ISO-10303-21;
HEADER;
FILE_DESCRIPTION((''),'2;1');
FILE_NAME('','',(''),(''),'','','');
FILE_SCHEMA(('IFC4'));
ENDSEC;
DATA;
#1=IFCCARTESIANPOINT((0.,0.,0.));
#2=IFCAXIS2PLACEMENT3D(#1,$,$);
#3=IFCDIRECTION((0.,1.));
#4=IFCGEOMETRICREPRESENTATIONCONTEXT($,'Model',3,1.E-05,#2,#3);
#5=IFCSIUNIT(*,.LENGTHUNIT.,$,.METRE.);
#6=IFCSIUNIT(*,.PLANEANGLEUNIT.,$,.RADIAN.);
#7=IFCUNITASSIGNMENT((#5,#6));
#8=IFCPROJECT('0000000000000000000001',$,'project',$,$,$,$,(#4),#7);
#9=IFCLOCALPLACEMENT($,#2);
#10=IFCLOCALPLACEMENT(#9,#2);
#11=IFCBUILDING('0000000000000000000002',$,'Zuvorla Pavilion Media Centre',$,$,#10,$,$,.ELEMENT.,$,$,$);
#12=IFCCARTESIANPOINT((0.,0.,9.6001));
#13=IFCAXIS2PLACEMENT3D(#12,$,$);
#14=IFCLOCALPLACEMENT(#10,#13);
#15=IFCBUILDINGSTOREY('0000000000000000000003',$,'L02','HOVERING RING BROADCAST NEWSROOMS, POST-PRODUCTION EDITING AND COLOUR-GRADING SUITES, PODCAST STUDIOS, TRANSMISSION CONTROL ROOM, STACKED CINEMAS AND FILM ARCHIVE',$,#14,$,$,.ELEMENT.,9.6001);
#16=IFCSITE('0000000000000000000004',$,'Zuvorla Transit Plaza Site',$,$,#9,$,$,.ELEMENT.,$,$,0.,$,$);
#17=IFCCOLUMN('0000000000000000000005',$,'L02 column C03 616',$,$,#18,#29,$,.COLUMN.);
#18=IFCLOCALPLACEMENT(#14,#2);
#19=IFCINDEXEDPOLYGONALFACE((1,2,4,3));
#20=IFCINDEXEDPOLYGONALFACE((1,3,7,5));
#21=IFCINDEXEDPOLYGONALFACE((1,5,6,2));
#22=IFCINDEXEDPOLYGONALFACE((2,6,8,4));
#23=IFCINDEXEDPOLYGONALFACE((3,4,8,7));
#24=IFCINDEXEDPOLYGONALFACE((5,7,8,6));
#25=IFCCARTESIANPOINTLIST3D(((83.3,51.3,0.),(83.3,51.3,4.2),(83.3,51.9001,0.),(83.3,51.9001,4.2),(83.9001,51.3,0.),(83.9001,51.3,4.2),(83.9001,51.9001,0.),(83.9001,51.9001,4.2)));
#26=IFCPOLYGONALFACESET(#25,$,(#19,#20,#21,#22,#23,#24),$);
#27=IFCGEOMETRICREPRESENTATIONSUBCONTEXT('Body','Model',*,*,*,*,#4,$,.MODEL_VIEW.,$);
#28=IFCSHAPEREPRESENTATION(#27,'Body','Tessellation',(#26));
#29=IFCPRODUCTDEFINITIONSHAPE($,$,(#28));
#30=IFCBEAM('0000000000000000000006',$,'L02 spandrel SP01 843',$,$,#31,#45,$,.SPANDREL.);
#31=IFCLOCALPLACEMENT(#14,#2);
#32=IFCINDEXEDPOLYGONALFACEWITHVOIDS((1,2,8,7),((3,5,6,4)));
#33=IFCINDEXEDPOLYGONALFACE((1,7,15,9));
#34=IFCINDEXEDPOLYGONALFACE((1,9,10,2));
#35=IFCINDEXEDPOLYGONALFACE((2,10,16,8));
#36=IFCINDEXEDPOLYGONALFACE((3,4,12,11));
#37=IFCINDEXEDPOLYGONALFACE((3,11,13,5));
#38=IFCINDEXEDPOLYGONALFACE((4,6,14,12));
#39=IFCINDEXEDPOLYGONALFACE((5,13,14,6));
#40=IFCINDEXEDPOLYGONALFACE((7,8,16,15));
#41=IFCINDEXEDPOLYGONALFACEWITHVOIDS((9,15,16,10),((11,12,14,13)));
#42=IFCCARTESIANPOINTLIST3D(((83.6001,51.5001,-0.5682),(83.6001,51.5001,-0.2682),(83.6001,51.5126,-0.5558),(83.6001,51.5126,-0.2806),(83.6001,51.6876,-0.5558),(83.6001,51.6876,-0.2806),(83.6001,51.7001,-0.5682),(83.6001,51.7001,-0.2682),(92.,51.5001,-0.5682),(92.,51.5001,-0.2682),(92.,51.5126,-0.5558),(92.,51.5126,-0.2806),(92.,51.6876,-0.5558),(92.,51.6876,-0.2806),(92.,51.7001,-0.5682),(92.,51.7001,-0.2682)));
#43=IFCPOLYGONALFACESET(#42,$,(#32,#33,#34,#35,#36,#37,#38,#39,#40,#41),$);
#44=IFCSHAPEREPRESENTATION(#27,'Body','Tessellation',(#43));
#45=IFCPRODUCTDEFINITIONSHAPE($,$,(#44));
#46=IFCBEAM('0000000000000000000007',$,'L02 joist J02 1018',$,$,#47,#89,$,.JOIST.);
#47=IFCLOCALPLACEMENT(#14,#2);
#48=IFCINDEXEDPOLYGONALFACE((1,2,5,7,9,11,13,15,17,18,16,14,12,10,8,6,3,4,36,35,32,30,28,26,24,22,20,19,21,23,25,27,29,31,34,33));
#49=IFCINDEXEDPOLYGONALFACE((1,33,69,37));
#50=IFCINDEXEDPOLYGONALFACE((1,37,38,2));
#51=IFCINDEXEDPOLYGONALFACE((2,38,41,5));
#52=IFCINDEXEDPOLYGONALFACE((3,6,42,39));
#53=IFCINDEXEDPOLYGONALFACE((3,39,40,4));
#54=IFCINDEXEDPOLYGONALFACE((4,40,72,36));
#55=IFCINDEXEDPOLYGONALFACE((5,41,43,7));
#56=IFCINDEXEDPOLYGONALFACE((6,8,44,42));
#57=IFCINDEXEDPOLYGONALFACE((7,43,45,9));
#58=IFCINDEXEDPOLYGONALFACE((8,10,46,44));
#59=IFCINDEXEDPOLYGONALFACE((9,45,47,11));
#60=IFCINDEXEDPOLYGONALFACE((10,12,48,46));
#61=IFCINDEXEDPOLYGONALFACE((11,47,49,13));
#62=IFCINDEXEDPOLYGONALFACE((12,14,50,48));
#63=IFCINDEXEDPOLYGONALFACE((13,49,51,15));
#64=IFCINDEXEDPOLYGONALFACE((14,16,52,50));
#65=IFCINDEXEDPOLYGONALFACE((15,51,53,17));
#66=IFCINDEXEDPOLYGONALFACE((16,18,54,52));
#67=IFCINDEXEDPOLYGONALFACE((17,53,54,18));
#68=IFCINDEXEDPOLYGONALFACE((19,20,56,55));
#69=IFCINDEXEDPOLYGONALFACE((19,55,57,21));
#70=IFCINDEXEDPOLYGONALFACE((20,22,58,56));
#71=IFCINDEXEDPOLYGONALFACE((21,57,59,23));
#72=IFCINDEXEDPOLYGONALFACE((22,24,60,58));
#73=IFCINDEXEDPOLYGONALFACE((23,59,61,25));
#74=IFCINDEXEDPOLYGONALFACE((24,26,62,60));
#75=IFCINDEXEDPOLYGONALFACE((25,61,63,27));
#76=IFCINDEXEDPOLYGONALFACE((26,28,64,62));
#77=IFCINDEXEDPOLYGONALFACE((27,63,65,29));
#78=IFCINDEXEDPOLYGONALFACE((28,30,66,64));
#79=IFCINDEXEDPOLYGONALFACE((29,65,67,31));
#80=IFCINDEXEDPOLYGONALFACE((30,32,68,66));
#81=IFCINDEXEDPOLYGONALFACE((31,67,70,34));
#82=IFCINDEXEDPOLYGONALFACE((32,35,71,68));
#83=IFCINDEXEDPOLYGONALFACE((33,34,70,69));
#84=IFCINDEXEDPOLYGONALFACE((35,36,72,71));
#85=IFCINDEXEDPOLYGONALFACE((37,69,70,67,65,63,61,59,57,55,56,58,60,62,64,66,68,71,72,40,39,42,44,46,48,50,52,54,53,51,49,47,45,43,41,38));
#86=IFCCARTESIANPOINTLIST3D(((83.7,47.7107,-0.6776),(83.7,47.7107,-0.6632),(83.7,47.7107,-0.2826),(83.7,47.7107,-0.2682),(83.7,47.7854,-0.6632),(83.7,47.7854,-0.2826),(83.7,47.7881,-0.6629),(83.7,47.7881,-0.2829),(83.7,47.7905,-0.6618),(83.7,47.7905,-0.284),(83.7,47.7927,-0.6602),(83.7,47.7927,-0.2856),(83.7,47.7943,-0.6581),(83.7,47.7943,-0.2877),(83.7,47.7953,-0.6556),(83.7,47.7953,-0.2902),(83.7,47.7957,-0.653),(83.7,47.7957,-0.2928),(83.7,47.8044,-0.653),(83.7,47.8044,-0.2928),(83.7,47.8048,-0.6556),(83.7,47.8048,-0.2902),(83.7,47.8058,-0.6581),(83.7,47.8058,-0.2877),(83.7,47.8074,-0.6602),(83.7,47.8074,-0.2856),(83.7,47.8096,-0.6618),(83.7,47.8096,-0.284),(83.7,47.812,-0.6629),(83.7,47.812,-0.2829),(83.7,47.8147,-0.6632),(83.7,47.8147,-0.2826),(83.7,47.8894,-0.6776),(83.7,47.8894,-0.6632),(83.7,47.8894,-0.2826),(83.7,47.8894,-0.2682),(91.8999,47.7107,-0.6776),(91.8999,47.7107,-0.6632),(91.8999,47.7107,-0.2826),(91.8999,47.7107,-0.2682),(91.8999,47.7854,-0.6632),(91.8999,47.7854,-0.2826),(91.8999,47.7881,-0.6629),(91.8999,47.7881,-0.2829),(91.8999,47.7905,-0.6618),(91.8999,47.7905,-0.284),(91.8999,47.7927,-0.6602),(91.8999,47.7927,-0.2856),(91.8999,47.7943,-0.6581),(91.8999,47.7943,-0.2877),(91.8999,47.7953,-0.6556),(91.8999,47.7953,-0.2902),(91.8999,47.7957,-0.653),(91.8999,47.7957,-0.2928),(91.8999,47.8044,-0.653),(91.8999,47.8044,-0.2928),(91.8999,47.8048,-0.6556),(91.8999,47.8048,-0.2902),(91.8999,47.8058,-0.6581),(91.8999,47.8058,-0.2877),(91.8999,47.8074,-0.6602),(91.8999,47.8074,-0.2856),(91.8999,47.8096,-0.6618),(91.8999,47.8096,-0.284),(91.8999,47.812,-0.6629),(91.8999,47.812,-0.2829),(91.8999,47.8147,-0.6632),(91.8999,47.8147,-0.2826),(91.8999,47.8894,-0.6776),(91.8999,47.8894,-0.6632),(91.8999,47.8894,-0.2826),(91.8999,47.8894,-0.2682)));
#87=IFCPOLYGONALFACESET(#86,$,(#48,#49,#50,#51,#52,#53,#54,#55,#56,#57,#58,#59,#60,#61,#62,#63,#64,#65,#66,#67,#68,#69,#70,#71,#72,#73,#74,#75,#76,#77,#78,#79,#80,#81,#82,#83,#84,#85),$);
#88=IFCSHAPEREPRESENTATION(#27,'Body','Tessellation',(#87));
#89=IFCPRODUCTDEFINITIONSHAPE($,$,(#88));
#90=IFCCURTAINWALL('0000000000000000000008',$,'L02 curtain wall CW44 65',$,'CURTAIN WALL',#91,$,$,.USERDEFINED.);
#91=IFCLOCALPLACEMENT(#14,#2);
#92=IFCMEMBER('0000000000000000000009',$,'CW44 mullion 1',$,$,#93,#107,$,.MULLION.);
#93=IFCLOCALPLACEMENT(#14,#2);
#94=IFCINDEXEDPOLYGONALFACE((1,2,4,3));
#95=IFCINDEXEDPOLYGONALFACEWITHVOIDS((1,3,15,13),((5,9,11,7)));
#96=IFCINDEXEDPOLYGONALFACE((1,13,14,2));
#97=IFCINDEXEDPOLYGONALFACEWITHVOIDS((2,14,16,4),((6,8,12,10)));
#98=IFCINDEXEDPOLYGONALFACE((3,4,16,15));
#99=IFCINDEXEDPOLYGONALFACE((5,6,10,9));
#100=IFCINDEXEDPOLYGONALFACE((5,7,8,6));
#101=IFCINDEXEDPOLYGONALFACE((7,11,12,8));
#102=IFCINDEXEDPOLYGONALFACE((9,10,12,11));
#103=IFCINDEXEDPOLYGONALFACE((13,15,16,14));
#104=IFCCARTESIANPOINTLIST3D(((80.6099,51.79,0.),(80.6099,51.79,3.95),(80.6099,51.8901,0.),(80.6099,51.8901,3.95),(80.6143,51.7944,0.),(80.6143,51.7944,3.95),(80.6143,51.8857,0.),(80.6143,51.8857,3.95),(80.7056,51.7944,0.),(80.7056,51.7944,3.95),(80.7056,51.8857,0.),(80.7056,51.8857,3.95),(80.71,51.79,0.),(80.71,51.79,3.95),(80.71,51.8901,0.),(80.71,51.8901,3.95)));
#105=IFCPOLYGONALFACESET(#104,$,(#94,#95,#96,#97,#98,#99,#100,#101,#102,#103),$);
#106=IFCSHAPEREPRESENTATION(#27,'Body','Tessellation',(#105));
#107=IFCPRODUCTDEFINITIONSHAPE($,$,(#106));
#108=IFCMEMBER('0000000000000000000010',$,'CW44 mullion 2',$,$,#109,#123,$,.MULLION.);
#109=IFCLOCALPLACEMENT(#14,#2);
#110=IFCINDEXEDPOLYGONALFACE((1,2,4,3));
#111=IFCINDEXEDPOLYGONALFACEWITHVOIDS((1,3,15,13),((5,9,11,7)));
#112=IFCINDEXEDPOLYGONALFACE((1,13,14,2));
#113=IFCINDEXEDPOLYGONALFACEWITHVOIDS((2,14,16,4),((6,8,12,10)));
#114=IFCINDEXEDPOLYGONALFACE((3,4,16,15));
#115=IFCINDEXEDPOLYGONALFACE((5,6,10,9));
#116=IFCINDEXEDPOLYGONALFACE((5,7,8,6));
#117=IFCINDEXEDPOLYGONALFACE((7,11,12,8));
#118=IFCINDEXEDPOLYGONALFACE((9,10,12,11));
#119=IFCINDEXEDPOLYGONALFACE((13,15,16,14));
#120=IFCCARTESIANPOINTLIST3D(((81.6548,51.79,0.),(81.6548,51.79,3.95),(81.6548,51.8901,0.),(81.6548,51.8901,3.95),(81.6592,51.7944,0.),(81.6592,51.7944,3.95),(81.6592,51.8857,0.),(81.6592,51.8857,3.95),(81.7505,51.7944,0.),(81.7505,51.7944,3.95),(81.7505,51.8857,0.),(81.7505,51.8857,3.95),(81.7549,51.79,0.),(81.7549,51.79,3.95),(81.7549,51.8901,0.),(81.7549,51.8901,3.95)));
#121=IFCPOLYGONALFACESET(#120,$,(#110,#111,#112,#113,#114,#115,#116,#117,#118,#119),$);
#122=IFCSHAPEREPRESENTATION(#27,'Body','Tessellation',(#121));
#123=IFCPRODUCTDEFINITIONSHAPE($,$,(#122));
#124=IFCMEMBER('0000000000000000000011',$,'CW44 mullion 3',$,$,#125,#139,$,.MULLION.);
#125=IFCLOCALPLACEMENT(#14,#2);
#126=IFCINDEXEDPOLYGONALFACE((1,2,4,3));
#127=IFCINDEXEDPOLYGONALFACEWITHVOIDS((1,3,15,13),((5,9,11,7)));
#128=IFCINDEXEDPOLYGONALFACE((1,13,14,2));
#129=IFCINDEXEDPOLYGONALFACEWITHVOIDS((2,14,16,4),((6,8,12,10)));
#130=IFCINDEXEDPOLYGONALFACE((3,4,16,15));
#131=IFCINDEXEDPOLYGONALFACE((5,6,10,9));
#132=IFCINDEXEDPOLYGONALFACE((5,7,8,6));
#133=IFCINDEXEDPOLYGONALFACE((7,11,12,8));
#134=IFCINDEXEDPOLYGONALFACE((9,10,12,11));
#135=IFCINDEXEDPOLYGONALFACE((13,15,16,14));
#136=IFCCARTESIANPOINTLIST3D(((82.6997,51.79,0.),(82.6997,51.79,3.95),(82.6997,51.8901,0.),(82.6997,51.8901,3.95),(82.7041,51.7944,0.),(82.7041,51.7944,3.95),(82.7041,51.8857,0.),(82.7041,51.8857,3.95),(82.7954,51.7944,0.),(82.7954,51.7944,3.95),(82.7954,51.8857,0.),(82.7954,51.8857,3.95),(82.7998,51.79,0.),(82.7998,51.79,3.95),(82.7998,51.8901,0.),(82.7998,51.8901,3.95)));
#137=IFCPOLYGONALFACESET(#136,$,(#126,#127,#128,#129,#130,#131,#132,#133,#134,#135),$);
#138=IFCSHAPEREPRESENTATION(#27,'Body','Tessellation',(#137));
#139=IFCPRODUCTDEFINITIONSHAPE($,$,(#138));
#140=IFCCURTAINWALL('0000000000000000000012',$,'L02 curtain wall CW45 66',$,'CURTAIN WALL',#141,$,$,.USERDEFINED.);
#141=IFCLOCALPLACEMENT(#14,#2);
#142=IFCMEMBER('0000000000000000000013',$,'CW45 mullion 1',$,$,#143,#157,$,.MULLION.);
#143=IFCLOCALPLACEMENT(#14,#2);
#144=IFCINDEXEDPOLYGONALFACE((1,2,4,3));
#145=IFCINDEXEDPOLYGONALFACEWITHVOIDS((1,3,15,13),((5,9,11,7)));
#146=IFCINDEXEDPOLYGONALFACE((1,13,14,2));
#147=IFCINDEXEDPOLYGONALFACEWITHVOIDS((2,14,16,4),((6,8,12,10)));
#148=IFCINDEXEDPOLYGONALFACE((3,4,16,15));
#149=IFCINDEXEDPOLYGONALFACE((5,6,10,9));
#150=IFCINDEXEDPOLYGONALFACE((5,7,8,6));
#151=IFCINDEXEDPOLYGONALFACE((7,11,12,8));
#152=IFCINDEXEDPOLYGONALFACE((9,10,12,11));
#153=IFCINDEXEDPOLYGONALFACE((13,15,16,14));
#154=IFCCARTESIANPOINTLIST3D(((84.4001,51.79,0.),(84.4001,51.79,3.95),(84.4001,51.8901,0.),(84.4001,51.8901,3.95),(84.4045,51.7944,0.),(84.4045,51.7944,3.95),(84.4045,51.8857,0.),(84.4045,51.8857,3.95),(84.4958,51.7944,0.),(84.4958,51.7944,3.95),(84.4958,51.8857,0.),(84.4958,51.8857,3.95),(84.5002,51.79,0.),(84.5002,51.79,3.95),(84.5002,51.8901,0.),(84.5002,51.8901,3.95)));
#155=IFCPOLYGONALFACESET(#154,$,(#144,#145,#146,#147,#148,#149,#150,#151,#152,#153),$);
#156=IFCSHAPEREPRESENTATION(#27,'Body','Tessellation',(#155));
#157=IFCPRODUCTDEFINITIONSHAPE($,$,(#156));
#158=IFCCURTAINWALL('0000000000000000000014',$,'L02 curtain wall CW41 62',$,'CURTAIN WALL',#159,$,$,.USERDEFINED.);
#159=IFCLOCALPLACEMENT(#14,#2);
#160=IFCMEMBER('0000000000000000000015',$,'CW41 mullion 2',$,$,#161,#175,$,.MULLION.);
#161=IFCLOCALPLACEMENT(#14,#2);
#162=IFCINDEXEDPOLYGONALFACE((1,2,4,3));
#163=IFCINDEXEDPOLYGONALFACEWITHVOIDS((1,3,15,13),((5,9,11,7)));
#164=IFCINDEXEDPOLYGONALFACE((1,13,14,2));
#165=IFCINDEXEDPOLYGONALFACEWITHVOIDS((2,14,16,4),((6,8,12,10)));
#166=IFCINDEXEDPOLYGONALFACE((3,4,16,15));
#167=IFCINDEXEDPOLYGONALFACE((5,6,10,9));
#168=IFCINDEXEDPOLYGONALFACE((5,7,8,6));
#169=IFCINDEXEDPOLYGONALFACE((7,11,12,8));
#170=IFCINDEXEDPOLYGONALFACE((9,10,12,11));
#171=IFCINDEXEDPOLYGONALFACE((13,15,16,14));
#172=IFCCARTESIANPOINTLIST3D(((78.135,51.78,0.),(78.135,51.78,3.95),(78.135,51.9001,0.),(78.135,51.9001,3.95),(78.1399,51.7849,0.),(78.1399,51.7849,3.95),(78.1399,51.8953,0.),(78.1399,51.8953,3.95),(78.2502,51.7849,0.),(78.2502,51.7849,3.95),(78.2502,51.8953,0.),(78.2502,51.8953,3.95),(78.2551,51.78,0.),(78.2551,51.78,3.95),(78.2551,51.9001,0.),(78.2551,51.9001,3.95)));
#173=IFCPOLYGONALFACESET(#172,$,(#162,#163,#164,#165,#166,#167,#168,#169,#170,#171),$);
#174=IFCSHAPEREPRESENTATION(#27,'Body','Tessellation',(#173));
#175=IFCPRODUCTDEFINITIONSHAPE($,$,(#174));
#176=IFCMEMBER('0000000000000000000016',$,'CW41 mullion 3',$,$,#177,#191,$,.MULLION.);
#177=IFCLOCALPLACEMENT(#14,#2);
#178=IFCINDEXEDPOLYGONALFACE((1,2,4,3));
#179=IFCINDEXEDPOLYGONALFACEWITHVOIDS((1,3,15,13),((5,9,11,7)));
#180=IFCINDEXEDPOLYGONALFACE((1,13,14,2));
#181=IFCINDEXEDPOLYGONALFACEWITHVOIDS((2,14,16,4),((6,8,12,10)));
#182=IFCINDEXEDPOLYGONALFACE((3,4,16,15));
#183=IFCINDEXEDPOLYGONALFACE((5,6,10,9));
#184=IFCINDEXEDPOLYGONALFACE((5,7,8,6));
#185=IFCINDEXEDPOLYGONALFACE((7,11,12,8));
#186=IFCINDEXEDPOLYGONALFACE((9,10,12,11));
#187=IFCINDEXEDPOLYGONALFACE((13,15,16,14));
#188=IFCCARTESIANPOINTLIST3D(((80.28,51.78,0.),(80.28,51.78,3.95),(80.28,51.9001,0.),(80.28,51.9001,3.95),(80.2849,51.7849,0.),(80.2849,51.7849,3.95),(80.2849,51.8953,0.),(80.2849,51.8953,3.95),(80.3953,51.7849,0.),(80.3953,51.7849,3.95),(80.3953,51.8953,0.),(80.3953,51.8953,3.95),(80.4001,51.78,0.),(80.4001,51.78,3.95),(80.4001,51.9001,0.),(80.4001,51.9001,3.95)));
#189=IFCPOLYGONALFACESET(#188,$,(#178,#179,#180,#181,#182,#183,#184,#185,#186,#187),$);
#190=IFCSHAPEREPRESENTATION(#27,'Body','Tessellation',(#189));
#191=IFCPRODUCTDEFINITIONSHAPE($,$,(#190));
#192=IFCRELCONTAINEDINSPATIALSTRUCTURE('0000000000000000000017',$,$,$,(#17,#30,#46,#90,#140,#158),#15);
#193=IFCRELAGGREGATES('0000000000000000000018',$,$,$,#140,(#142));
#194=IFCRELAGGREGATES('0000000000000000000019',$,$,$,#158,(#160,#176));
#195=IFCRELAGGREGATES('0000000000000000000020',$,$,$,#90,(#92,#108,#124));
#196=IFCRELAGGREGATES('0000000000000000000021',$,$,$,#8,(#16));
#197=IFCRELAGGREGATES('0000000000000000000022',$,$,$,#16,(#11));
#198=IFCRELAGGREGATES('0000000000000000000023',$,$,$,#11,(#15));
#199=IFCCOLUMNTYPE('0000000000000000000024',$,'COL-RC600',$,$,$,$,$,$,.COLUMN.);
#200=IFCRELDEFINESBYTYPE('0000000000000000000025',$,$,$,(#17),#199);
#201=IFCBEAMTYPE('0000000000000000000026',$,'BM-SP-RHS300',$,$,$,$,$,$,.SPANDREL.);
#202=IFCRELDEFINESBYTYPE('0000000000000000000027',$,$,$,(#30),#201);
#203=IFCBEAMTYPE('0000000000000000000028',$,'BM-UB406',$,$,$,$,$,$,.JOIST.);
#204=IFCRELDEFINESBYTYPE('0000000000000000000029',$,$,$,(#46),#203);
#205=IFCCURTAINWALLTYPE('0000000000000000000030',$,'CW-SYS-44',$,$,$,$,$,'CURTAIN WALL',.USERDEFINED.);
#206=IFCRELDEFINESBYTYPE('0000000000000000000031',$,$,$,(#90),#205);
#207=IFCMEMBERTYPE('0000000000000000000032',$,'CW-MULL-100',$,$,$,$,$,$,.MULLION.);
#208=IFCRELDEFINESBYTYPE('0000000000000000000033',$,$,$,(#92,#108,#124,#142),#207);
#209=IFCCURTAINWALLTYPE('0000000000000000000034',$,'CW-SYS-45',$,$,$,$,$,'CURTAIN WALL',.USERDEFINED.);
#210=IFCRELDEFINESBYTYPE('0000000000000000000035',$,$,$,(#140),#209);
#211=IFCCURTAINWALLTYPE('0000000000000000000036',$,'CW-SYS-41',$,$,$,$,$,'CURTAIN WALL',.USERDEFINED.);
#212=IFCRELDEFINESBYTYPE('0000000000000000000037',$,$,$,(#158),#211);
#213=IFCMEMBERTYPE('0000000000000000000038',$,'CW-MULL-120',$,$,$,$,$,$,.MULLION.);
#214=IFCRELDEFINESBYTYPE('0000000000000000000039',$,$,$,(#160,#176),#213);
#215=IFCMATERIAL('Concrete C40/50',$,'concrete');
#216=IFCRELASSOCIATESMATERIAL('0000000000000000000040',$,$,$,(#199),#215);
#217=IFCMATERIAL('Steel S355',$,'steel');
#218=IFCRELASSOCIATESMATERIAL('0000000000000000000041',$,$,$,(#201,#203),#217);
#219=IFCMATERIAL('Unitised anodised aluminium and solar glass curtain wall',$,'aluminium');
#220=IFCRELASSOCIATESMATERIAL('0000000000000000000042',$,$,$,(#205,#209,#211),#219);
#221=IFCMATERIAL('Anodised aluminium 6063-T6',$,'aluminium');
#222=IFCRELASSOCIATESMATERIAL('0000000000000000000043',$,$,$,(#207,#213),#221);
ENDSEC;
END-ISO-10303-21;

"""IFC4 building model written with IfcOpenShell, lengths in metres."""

from ifc_helpers import new_model, si_unit, direction, frame, origin, origin_2d, place, context, subcontext, project, spatial, rectangle, hollow_rectangle, i_section, extrude, material, material_profile, profile_set, type_object, element, aggregate, save


model = new_model("IFC4")

# Units and contexts
model_context = context("Model", 3, precision=1e-05, world=origin(), true_north=direction((0.0, 1.0)))
body_context = subcontext(model_context, "Body", "Model", "MODEL_VIEW")
ifc_project = project(units=[si_unit("LENGTHUNIT", "METRE"), si_unit("PLANEANGLEUNIT", "RADIAN")], contexts=[model_context])

# Site, building, storey
site_placement = place(None, origin())
site = spatial("IfcSite", under=ifc_project, at=site_placement, Name="Zuvorla Transit Plaza Site", CompositionType="ELEMENT", RefElevation=0.0)
building_placement = place(site_placement, origin())
building = spatial("IfcBuilding", under=site, at=building_placement, Name="Zuvorla Pavilion Media Centre", CompositionType="ELEMENT")
storey_placement = place(building_placement, frame((0.0, 0.0, 9.6001)))
storey = spatial("IfcBuildingStorey", under=building, at=storey_placement, Name="L02", Description="HOVERING RING BROADCAST NEWSROOMS, POST-PRODUCTION EDITING AND COLOUR-GRADING SUITES, PODCAST STUDIOS, TRANSMISSION CONTROL ROOM, STACKED CINEMAS AND FILM ARCHIVE", CompositionType="ELEMENT", Elevation=9.6001)

# Column
ifc_material_1 = material(Name="Concrete C40/50", Category="concrete")
ifc_material_profile_1 = material_profile(ifc_material_1, rectangle(XDim=0.6001, YDim=0.6001, at=origin_2d()), Name="RC 600x600")
ifc_profile_set_1 = profile_set([ifc_material_profile_1], Name="Concrete C40/50")
column_type = type_object("IfcColumnType", Name="COL-RC600", PredefinedType="COLUMN", material=ifc_profile_set_1)
column_placement = place(storey_placement, frame((83.6001, 51.6001, 0.0), z_axis=(0.0, 0.0, 1.0), x_axis=(1.0, 0.0, 0.0)))
element("IfcColumn", 1, at=column_placement, inside=storey, type_object=column_type, Name="L02 column C03 616", PredefinedType="COLUMN", context=body_context, shape_type="SweptSolid", body=[
    extrude(rectangle(XDim=0.6001, YDim=0.6001, at=origin_2d()), origin(), (0.0, 0.0, 1.0), 4.2),
])

# Beams
ifc_material_2 = material(Name="Steel S355", Category="steel")
ifc_material_profile_2 = material_profile(ifc_material_2, hollow_rectangle(XDim=0.2, YDim=0.3, WallThickness=0.0125, at=origin_2d()), Name="RHS 300x200x12.5")
ifc_profile_set_2 = profile_set([ifc_material_profile_2], Name="Steel S355")
beam_type_1 = type_object("IfcBeamType", Name="BM-SP-RHS300", PredefinedType="SPANDREL", material=ifc_profile_set_2)
beam_1_placement = place(storey_placement, frame((83.6001, 51.6001, -0.4182), z_axis=(1.0, 0.0, 0.0), x_axis=(0.0, 1.0, 0.0)))
element("IfcBeam", 2, at=beam_1_placement, inside=storey, type_object=beam_type_1, Name="L02 spandrel SP01 843", PredefinedType="SPANDREL", context=body_context, shape_type="SweptSolid", body=[
    extrude(hollow_rectangle(XDim=0.2, YDim=0.3, WallThickness=0.0125, at=origin_2d()), origin(), (0.0, 0.0, 1.0), 8.3999),
])
ifc_material_profile_3 = material_profile(ifc_material_2, i_section(OverallWidth=0.1787, OverallDepth=0.4094, WebThickness=0.0088, FlangeThickness=0.0144, FilletRadius=0.0103, at=origin_2d()), Name="UB 406x178x67")
ifc_profile_set_3 = profile_set([ifc_material_profile_3], Name="Steel S355")
beam_type_2 = type_object("IfcBeamType", Name="BM-UB406", PredefinedType="JOIST", material=ifc_profile_set_3)
beam_2_placement = place(storey_placement, frame((83.7, 47.8, -0.4729), z_axis=(1.0, 0.0, 0.0), x_axis=(0.0, 1.0, 0.0)))
element("IfcBeam", 3, at=beam_2_placement, inside=storey, type_object=beam_type_2, Name="L02 joist J02 1018", PredefinedType="JOIST", context=body_context, shape_type="SweptSolid", body=[
    extrude(i_section(OverallWidth=0.1787, OverallDepth=0.4094, WebThickness=0.0088, FlangeThickness=0.0144, FilletRadius=0.0103, at=origin_2d()), origin(), (0.0, 0.0, 1.0), 8.2),
])

# Curtain wall, members
ifc_material_3 = material(Name="Unitised anodised aluminium and solar glass curtain wall", Category="aluminium")
curtain_wall_type_1 = type_object("IfcCurtainWallType", Name="CW-SYS-44", ElementType="CURTAIN WALL", PredefinedType="USERDEFINED", material=ifc_material_3)
curtain_wall_1_placement = place(storey_placement, origin())
curtain_wall_1 = element("IfcCurtainWall", 4, at=curtain_wall_1_placement, inside=storey, type_object=curtain_wall_type_1, Name="L02 curtain wall CW44 65", ObjectType="CURTAIN WALL", PredefinedType="USERDEFINED")
ifc_material_4 = material(Name="Anodised aluminium 6063-T6", Category="aluminium")
ifc_material_profile_4 = material_profile(ifc_material_4, hollow_rectangle(XDim=0.1001, YDim=0.1001, WallThickness=0.0044, at=origin_2d()), Name="ALU MULL 100x100")
ifc_profile_set_4 = profile_set([ifc_material_profile_4], Name="Anodised aluminium 6063-T6")
member_type_1 = type_object("IfcMemberType", Name="CW-MULL-100", PredefinedType="MULLION", material=ifc_profile_set_4)
member_1_placement = place(storey_placement, frame((80.6599, 51.8401, 0.0), z_axis=(0.0, 0.0, 1.0), x_axis=(1.0, 0.0, 0.0)))
member_1 = element("IfcMember", 5, at=member_1_placement, type_object=member_type_1, Name="CW44 mullion 1", PredefinedType="MULLION", context=body_context, shape_type="SweptSolid", body=[
    extrude(hollow_rectangle(XDim=0.1001, YDim=0.1001, WallThickness=0.0044, at=origin_2d()), origin(), (0.0, 0.0, 1.0), 3.95),
])
member_2_placement = place(storey_placement, frame((81.7048, 51.8401, 0.0), z_axis=(0.0, 0.0, 1.0), x_axis=(1.0, 0.0, 0.0)))
member_2 = element("IfcMember", 6, at=member_2_placement, type_object=member_type_1, Name="CW44 mullion 2", PredefinedType="MULLION", context=body_context, shape_type="SweptSolid", body=[
    extrude(hollow_rectangle(XDim=0.1001, YDim=0.1001, WallThickness=0.0044, at=origin_2d()), origin(), (0.0, 0.0, 1.0), 3.95),
])
member_3_placement = place(storey_placement, frame((82.7498, 51.8401, 0.0), z_axis=(0.0, 0.0, 1.0), x_axis=(1.0, 0.0, 0.0)))
member_3 = element("IfcMember", 7, at=member_3_placement, type_object=member_type_1, Name="CW44 mullion 3", PredefinedType="MULLION", context=body_context, shape_type="SweptSolid", body=[
    extrude(hollow_rectangle(XDim=0.1001, YDim=0.1001, WallThickness=0.0044, at=origin_2d()), origin(), (0.0, 0.0, 1.0), 3.95),
])

# Curtain wall, member
curtain_wall_type_2 = type_object("IfcCurtainWallType", Name="CW-SYS-45", ElementType="CURTAIN WALL", PredefinedType="USERDEFINED", material=ifc_material_3)
curtain_wall_2_placement = place(storey_placement, origin())
curtain_wall_2 = element("IfcCurtainWall", 8, at=curtain_wall_2_placement, inside=storey, type_object=curtain_wall_type_2, Name="L02 curtain wall CW45 66", ObjectType="CURTAIN WALL", PredefinedType="USERDEFINED")
member_4_placement = place(storey_placement, frame((84.4502, 51.8401, 0.0), z_axis=(0.0, 0.0, 1.0), x_axis=(1.0, 0.0, 0.0)))
member_4 = element("IfcMember", 9, at=member_4_placement, type_object=member_type_1, Name="CW45 mullion 1", PredefinedType="MULLION", context=body_context, shape_type="SweptSolid", body=[
    extrude(hollow_rectangle(XDim=0.1001, YDim=0.1001, WallThickness=0.0044, at=origin_2d()), origin(), (0.0, 0.0, 1.0), 3.95),
])

# Curtain wall, members
curtain_wall_type_3 = type_object("IfcCurtainWallType", Name="CW-SYS-41", ElementType="CURTAIN WALL", PredefinedType="USERDEFINED", material=ifc_material_3)
curtain_wall_3_placement = place(storey_placement, origin())
curtain_wall_3 = element("IfcCurtainWall", 10, at=curtain_wall_3_placement, inside=storey, type_object=curtain_wall_type_3, Name="L02 curtain wall CW41 62", ObjectType="CURTAIN WALL", PredefinedType="USERDEFINED")
ifc_material_profile_5 = material_profile(ifc_material_4, hollow_rectangle(XDim=0.1201, YDim=0.1201, WallThickness=0.0049, at=origin_2d()), Name="ALU MULL 120x120")
ifc_profile_set_5 = profile_set([ifc_material_profile_5], Name="Anodised aluminium 6063-T6")
member_type_2 = type_object("IfcMemberType", Name="CW-MULL-120", PredefinedType="MULLION", material=ifc_profile_set_5)
member_5_placement = place(storey_placement, frame((78.1951, 51.8401, 0.0), z_axis=(0.0, 0.0, 1.0), x_axis=(1.0, 0.0, 0.0)))
member_5 = element("IfcMember", 11, at=member_5_placement, type_object=member_type_2, Name="CW41 mullion 2", PredefinedType="MULLION", context=body_context, shape_type="SweptSolid", body=[
    extrude(hollow_rectangle(XDim=0.1201, YDim=0.1201, WallThickness=0.0049, at=origin_2d()), origin(), (0.0, 0.0, 1.0), 3.95),
])
member_6_placement = place(storey_placement, frame((80.3401, 51.8401, 0.0), z_axis=(0.0, 0.0, 1.0), x_axis=(1.0, 0.0, 0.0)))
member_6 = element("IfcMember", 12, at=member_6_placement, type_object=member_type_2, Name="CW41 mullion 3", PredefinedType="MULLION", context=body_context, shape_type="SweptSolid", body=[
    extrude(hollow_rectangle(XDim=0.1201, YDim=0.1201, WallThickness=0.0049, at=origin_2d()), origin(), (0.0, 0.0, 1.0), 3.95),
])

aggregate(curtain_wall_2, [member_4])

aggregate(curtain_wall_3, [member_5, member_6])
aggregate(curtain_wall_1, [member_1, member_2, member_3])

save(model, "model.ifc")
